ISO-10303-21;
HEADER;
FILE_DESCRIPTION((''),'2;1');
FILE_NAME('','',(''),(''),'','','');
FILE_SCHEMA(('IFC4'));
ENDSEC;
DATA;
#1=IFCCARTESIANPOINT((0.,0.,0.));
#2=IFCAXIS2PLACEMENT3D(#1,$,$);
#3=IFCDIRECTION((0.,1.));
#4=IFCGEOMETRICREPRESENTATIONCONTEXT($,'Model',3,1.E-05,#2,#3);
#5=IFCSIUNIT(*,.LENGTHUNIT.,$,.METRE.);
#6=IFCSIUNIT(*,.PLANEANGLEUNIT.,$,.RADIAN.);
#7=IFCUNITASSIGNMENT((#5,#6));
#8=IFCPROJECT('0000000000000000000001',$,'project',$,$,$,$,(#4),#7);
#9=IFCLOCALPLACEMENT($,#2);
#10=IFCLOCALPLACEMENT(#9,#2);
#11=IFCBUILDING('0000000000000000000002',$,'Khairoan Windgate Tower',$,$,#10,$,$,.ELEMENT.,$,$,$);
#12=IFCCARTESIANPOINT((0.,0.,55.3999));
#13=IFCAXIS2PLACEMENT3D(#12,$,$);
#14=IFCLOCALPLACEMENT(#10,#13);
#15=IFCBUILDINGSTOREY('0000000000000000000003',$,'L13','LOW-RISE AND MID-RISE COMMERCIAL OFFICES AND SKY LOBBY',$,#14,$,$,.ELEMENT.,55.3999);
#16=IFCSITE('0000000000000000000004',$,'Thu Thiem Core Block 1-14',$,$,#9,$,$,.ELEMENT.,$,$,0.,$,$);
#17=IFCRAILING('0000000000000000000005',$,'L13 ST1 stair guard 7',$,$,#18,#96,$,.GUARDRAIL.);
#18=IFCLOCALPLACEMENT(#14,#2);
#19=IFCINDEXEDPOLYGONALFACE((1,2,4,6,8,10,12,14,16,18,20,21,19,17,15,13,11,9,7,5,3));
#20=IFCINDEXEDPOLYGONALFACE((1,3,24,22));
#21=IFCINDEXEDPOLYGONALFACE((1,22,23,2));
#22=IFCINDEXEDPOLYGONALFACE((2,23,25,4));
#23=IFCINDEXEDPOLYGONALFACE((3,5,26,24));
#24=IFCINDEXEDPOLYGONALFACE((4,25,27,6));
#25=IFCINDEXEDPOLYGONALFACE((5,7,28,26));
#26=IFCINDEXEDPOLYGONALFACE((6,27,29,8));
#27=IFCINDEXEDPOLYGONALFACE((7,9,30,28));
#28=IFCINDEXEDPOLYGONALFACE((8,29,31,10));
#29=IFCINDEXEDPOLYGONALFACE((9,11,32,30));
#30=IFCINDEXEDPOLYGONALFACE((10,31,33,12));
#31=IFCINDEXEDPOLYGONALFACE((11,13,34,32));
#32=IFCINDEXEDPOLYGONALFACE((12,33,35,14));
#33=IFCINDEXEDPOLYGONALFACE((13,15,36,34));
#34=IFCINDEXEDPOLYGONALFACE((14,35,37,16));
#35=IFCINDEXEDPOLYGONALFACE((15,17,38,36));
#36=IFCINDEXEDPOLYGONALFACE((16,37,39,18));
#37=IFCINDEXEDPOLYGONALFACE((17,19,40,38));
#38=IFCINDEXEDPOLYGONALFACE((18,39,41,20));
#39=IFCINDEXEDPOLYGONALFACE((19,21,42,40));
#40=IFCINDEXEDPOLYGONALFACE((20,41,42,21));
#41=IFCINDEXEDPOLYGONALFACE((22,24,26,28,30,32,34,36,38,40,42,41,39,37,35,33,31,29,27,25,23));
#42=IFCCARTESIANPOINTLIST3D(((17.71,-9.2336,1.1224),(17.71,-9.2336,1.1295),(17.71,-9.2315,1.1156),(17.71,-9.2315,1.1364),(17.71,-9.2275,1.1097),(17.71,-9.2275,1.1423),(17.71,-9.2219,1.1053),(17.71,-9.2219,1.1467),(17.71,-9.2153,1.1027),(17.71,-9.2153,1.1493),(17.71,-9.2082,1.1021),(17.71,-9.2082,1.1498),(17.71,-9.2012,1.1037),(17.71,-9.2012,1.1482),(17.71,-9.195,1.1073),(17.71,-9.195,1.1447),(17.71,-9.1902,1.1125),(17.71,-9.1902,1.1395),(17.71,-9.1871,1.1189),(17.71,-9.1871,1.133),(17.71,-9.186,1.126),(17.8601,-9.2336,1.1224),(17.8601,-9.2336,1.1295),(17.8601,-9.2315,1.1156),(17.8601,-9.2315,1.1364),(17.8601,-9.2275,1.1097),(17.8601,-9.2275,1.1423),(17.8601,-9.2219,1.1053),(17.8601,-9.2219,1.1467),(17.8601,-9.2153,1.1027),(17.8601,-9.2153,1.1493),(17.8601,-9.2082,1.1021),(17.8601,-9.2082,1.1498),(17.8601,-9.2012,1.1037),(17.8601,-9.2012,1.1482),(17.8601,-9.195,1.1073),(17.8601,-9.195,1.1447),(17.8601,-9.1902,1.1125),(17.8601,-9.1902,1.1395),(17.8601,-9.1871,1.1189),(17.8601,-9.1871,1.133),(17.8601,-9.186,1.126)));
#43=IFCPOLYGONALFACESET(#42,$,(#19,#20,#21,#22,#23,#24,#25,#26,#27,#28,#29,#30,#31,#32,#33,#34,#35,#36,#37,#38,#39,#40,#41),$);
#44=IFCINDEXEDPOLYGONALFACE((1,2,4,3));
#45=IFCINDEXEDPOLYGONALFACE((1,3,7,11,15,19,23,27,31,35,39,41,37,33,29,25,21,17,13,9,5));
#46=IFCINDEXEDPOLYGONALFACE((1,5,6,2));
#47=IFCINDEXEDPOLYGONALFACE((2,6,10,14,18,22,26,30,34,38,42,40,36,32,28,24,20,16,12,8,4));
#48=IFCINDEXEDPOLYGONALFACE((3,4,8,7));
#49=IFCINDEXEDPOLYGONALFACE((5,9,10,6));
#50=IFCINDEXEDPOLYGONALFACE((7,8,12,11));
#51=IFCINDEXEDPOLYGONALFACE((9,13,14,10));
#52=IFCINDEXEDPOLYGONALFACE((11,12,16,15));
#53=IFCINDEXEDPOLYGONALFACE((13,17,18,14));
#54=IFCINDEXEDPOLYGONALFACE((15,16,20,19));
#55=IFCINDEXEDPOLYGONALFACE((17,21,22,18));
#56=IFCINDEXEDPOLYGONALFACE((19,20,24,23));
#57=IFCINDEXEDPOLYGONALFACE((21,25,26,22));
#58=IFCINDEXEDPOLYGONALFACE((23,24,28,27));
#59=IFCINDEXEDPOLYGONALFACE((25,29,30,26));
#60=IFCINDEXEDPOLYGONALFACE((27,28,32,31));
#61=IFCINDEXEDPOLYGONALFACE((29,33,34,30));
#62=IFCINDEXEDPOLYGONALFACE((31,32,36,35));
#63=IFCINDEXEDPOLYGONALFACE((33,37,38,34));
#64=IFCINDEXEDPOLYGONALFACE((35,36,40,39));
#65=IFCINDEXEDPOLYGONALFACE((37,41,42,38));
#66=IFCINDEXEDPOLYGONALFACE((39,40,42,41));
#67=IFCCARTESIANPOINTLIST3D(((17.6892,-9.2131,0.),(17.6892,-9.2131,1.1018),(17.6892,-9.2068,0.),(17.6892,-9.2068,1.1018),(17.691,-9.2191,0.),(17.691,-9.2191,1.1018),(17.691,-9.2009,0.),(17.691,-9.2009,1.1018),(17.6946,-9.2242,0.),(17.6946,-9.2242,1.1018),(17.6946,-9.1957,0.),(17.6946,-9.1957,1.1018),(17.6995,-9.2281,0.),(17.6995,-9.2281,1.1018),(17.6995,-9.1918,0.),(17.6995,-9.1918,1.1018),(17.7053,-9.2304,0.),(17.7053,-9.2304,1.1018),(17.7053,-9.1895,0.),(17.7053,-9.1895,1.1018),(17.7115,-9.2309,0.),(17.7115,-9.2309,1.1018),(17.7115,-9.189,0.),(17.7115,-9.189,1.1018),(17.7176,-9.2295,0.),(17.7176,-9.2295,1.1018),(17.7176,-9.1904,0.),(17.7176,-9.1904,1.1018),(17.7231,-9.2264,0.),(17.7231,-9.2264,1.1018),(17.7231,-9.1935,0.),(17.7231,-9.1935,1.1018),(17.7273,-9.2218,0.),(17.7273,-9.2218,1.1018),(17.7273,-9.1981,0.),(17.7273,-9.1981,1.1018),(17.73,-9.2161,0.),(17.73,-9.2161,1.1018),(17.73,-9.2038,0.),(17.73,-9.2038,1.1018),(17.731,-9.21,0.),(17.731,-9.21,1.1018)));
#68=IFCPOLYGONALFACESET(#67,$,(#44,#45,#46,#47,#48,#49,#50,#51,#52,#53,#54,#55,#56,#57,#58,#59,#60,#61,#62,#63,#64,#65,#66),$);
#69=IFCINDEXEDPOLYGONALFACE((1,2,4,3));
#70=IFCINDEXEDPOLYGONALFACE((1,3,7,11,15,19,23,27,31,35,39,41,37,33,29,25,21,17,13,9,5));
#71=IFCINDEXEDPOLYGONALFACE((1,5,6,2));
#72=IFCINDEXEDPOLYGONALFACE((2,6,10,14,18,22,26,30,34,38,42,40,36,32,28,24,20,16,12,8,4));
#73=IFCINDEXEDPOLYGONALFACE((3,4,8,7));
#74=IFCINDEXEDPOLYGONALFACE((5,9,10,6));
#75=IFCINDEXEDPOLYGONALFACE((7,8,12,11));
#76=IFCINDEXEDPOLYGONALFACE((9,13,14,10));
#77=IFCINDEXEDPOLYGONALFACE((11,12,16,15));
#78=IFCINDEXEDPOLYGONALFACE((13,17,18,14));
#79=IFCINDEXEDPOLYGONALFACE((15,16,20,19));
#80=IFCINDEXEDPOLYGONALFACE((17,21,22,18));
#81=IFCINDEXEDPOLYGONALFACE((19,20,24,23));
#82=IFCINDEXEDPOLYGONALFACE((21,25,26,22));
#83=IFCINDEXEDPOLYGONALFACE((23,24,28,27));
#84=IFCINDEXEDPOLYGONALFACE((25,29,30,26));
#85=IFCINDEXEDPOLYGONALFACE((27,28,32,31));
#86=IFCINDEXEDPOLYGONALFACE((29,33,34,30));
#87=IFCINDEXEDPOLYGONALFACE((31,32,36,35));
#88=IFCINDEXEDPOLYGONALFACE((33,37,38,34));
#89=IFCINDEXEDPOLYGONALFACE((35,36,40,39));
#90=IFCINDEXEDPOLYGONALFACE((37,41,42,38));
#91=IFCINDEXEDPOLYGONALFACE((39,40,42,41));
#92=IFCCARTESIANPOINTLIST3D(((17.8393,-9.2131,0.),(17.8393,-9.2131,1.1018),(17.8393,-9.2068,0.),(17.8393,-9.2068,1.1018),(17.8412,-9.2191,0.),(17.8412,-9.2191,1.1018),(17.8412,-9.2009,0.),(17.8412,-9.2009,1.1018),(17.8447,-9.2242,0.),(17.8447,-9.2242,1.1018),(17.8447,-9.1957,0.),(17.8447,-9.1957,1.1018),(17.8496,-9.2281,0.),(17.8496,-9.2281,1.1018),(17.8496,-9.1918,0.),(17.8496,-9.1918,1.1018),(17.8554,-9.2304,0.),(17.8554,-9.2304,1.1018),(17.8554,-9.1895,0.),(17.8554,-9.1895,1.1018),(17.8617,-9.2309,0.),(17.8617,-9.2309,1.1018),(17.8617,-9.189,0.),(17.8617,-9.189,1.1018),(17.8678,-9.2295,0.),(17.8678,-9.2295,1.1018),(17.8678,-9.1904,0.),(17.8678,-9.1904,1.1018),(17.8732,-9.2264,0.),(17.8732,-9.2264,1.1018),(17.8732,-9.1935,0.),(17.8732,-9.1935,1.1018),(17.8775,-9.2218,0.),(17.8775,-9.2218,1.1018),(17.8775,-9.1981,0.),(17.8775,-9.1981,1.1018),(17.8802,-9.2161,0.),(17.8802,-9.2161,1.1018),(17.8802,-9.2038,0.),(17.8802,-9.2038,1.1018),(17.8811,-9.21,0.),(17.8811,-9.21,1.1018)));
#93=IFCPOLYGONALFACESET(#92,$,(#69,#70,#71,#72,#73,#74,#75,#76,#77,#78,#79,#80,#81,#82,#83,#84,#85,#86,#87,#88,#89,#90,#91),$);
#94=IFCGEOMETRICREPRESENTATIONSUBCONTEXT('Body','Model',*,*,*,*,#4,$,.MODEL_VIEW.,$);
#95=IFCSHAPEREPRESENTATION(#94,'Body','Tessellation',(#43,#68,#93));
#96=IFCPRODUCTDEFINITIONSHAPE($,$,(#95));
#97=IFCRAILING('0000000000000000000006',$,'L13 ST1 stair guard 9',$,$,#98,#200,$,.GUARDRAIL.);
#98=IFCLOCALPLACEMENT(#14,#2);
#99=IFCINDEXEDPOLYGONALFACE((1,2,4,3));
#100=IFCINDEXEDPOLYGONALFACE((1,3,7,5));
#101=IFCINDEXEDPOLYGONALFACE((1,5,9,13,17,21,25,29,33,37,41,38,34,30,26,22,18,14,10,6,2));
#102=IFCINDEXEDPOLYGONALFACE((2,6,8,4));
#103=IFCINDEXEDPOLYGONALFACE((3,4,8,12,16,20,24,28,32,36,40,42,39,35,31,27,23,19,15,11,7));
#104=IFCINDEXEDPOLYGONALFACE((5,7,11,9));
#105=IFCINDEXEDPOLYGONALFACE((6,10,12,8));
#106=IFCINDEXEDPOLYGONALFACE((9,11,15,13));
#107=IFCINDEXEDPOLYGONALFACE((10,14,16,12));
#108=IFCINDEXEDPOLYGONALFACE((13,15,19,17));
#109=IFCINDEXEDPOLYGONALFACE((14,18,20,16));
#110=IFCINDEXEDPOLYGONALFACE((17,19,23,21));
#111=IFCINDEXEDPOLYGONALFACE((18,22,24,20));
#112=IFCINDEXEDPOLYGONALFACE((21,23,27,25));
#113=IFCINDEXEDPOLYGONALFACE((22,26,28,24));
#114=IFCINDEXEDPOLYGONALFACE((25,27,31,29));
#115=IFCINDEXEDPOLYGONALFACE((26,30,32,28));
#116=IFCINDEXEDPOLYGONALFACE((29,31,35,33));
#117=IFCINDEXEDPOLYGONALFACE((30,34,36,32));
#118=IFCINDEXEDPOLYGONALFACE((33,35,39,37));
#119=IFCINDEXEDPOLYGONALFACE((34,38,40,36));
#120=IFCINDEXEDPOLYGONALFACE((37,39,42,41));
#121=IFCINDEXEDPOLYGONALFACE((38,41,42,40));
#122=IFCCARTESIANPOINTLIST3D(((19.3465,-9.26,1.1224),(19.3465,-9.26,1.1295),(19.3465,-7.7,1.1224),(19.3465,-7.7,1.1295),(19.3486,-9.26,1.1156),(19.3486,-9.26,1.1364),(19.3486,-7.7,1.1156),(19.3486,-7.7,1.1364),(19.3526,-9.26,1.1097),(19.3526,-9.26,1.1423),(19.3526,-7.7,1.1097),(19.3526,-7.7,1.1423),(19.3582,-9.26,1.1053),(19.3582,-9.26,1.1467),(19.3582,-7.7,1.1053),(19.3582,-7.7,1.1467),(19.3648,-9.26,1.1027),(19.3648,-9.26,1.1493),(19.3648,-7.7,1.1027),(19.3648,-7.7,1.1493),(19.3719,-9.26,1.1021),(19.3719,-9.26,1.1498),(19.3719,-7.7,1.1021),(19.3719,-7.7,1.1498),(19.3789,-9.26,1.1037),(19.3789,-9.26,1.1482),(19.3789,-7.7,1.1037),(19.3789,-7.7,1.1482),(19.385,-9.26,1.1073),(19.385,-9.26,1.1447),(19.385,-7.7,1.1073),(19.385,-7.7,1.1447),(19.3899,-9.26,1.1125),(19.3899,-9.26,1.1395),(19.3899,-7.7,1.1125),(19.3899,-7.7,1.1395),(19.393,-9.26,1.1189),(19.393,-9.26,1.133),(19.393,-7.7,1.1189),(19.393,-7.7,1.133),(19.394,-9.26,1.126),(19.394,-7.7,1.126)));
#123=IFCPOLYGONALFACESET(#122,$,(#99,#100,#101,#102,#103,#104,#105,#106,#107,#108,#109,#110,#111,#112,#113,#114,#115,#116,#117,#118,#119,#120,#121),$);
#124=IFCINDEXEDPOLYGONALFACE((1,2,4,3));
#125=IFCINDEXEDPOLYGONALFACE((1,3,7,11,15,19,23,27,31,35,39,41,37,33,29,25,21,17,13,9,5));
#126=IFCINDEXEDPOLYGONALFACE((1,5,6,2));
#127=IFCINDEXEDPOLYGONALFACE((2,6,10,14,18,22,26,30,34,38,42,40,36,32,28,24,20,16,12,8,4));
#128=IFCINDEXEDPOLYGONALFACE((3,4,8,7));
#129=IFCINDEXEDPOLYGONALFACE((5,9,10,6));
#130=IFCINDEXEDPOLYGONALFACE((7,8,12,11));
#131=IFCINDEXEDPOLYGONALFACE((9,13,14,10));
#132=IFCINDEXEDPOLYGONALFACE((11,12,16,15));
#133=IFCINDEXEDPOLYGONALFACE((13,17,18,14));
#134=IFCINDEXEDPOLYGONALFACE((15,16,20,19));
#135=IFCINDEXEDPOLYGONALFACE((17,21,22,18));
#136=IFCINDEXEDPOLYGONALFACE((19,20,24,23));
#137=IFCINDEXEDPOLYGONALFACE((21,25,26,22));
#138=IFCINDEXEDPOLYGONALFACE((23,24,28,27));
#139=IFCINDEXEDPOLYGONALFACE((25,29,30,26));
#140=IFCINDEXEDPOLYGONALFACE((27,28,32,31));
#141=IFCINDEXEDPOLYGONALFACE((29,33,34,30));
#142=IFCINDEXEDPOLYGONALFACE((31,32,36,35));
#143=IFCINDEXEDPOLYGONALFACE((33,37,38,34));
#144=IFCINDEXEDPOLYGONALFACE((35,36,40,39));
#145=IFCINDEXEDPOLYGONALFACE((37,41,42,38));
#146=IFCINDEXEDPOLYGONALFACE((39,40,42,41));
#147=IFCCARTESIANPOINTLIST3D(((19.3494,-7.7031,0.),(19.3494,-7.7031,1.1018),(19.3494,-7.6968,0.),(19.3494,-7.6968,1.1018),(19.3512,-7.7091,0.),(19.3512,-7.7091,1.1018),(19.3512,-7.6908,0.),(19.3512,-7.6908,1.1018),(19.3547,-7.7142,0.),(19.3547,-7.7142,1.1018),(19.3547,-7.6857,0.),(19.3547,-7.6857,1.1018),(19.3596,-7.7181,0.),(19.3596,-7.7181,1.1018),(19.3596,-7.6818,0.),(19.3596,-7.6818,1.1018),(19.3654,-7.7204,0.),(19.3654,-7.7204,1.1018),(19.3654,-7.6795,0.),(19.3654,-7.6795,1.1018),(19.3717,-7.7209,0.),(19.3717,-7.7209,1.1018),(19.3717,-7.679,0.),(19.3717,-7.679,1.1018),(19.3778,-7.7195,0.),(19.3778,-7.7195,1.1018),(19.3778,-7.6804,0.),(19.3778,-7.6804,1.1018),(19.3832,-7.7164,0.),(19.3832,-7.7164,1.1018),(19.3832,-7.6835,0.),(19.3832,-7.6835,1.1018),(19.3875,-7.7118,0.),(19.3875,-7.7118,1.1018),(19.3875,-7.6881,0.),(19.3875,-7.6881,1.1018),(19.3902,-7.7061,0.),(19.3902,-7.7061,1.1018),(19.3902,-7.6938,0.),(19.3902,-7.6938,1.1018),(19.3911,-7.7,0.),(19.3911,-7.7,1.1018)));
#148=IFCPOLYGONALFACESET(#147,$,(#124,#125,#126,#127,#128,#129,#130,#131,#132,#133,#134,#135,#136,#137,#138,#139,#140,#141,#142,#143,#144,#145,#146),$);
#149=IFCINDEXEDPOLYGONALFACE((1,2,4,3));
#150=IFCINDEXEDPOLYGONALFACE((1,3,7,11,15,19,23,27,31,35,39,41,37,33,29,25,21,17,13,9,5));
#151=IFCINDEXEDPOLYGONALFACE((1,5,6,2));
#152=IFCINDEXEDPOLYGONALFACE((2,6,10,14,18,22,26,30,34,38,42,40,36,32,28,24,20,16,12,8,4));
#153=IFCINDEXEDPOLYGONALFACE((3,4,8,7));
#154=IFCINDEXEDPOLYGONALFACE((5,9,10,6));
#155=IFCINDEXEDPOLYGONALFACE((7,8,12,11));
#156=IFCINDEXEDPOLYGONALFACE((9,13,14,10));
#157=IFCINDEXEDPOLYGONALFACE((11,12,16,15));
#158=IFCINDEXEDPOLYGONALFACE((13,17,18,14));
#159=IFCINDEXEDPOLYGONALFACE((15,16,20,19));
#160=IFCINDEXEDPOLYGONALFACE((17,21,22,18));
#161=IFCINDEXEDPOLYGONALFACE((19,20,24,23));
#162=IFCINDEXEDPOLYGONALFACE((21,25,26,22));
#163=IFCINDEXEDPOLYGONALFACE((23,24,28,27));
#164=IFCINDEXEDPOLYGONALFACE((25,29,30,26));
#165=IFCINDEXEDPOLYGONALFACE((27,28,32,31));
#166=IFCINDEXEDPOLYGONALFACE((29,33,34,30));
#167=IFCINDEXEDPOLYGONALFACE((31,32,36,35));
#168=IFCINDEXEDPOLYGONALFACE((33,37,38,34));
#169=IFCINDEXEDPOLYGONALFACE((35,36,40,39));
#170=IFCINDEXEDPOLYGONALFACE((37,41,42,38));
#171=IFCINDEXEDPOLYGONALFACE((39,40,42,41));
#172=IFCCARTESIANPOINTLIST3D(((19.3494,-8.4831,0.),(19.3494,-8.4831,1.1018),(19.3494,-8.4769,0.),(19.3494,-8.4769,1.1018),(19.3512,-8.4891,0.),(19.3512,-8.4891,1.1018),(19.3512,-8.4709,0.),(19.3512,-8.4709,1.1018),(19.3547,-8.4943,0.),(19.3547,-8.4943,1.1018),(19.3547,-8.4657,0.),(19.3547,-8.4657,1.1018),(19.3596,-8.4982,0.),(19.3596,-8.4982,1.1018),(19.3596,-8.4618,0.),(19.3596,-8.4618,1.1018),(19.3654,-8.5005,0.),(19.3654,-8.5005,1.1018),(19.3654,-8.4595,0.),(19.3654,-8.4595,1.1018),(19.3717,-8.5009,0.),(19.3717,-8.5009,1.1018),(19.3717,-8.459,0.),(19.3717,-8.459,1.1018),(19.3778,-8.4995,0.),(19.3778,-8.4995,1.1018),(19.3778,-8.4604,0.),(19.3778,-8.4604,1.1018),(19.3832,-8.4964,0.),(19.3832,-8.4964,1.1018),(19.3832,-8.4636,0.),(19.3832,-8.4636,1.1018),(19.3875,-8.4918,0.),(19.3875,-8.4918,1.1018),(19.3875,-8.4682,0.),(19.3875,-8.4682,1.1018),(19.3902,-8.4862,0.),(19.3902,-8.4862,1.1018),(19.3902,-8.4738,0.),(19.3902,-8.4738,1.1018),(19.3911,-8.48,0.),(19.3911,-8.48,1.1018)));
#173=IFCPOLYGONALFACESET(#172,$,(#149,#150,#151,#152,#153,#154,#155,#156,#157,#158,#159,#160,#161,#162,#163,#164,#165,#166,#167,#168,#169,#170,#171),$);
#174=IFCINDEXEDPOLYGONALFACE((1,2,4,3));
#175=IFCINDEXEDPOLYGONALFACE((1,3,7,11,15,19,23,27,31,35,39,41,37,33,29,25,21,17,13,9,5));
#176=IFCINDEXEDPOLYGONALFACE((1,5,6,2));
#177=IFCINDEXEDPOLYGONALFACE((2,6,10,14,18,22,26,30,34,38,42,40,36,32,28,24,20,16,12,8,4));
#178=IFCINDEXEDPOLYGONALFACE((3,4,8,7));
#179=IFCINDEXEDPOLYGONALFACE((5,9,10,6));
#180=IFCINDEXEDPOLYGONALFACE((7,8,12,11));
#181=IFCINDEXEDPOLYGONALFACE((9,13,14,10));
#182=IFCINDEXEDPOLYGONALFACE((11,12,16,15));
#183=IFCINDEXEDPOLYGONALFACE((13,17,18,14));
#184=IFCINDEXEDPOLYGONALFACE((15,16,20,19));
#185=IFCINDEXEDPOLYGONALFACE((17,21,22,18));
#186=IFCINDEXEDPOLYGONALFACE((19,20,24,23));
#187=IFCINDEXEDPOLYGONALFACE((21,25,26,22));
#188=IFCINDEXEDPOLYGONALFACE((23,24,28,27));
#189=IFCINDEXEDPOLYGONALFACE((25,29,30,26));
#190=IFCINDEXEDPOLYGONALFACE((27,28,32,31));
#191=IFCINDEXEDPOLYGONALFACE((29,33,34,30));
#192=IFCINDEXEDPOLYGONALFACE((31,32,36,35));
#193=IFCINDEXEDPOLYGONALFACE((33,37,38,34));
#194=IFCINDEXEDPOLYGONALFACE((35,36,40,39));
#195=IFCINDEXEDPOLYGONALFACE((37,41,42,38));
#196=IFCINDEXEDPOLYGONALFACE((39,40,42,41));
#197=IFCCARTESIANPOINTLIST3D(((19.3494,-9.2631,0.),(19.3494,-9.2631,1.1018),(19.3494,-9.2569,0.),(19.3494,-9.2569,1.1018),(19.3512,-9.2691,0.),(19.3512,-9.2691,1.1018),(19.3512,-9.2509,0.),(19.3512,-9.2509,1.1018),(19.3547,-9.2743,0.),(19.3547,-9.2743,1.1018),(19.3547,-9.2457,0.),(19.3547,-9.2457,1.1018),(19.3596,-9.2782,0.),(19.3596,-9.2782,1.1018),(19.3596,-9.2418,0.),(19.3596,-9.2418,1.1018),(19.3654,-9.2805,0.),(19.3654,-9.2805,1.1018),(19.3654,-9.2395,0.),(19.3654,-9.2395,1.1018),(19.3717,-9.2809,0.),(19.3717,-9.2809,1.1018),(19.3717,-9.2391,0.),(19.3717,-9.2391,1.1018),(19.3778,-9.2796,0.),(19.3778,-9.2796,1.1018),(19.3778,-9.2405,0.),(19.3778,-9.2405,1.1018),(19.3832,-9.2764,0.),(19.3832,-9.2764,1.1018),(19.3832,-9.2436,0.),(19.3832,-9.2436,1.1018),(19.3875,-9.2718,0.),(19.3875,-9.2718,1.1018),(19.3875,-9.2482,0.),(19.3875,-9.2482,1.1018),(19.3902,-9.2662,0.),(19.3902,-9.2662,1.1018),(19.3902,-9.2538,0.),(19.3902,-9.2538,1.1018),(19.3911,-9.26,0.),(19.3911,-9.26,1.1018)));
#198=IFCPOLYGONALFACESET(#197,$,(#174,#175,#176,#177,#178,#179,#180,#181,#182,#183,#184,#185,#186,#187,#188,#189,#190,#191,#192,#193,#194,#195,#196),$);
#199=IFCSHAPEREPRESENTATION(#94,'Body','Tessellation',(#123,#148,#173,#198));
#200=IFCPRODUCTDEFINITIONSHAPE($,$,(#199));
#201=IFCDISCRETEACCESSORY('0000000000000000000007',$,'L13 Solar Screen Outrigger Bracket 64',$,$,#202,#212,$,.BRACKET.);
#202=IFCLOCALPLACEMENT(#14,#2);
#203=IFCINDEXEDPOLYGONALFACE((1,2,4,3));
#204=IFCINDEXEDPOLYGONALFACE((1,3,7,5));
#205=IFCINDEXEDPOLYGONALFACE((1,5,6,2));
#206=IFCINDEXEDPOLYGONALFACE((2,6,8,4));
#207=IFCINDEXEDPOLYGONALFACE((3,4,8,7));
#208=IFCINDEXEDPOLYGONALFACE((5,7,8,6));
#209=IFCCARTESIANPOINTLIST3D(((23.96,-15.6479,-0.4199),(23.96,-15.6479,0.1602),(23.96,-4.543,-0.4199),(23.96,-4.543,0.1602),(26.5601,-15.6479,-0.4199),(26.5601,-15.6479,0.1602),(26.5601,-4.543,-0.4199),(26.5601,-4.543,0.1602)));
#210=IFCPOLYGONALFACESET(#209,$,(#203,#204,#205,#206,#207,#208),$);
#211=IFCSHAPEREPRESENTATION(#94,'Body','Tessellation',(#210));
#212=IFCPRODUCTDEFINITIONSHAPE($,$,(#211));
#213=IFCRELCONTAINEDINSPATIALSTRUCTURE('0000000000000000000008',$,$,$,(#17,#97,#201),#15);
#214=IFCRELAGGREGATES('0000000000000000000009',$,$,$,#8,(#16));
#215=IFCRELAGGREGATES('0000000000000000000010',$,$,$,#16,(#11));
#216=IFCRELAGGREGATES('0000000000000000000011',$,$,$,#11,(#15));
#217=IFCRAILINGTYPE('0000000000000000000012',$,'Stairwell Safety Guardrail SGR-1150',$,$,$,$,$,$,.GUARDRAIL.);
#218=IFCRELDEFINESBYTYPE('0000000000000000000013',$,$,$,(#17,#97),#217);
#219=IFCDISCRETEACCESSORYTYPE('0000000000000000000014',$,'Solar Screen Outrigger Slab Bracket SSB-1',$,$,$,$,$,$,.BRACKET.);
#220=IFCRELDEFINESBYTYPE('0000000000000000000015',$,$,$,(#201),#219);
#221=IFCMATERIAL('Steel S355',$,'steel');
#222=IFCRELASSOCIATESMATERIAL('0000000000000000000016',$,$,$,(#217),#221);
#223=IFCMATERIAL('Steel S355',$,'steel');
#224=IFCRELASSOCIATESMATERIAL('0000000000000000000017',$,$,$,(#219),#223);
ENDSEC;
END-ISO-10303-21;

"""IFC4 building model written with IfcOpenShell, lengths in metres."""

from ifc_helpers import new_model, si_unit, direction, frame, origin, origin_2d, place, context, subcontext, project, spatial, rectangle, circle, extrude, material, type_object, element, save


model = new_model("IFC4")

# Units and contexts
model_context = context("Model", 3, precision=1e-05, world=origin(), true_north=direction((0.0, 1.0)))
body_context = subcontext(model_context, "Body", "Model", "MODEL_VIEW")
ifc_project = project(units=[si_unit("LENGTHUNIT", "METRE"), si_unit("PLANEANGLEUNIT", "RADIAN")], contexts=[model_context])

# Site, building, storey
site_placement = place(None, origin())
site = spatial("IfcSite", under=ifc_project, at=site_placement, Name="Thu Thiem Core Block 1-14", CompositionType="ELEMENT", RefElevation=0.0)
building_placement = place(site_placement, origin())
building = spatial("IfcBuilding", under=site, at=building_placement, Name="Khairoan Windgate Tower", CompositionType="ELEMENT")
storey_placement = place(building_placement, frame((0.0, 0.0, 55.3999)))
storey = spatial("IfcBuildingStorey", under=building, at=storey_placement, Name="L13", Description="LOW-RISE AND MID-RISE COMMERCIAL OFFICES AND SKY LOBBY", CompositionType="ELEMENT", Elevation=55.3999)

# Railings
ifc_material_1 = material(Name="Steel S355", Category="steel")
railing_type_1 = type_object("IfcRailingType", Name="Stairwell Safety Guardrail SGR-1150", PredefinedType="GUARDRAIL", material=ifc_material_1)
railing_1_placement = place(storey_placement, frame((17.71, -9.21, 0.0)))
element("IfcRailing", 1, at=railing_1_placement, inside=storey, type_object=railing_type_1, Name="L13 ST1 stair guard 7", PredefinedType="GUARDRAIL", context=body_context, shape_type="SweptSolid", body=[
    extrude(circle(Radius=0.0239, at=origin_2d()), frame((0.0, 0.0, 1.126), z_axis=(1.0, 0.0, 0.0), x_axis=(0.0, 1.0, 0.0)), (0.0, 0.0, 1.0), 0.1501),
    extrude(circle(Radius=0.021, at=origin_2d()), origin(), (0.0, 0.0, 1.0), 1.1018),
    extrude(circle(Radius=0.021, at=origin_2d()), frame((0.1501, 0.0, 0.0)), (0.0, 0.0, 1.0), 1.1018),
])
railing_2_placement = place(storey_placement, frame((19.3701, -7.7, 0.0)))
element("IfcRailing", 2, at=railing_2_placement, inside=storey, type_object=railing_type_1, Name="L13 ST1 stair guard 9", PredefinedType="GUARDRAIL", context=body_context, shape_type="SweptSolid", body=[
    extrude(circle(Radius=0.0239, at=origin_2d()), frame((0.0, 0.0, 1.126), z_axis=(0.0, -1.0, 0.0), x_axis=(1.0, 0.0, 0.0)), (0.0, 0.0, 1.0), 1.5601),
    extrude(circle(Radius=0.021, at=origin_2d()), origin(), (0.0, 0.0, 1.0), 1.1018),
    extrude(circle(Radius=0.021, at=origin_2d()), frame((0.0, -0.78, 0.0)), (0.0, 0.0, 1.0), 1.1018),
    extrude(circle(Radius=0.021, at=origin_2d()), frame((0.0, -1.5601, 0.0)), (0.0, 0.0, 1.0), 1.1018),
])

# Discrete accessory
ifc_material_2 = material(Name="Steel S355", Category="steel")
discrete_accessory_type = type_object("IfcDiscreteAccessoryType", Name="Solar Screen Outrigger Slab Bracket SSB-1", PredefinedType="BRACKET", material=ifc_material_2)
discrete_accessory_placement = place(storey_placement, frame((25.26, -10.0955, -0.4199), z_axis=(0.0, 0.0, 1.0), x_axis=(0.0, -1.0, 0.0)))
element("IfcDiscreteAccessory", 3, at=discrete_accessory_placement, inside=storey, type_object=discrete_accessory_type, Name="L13 Solar Screen Outrigger Bracket 64", PredefinedType="BRACKET", context=body_context, shape_type="SweptSolid", body=[
    extrude(rectangle(XDim=11.105, YDim=2.6001, at=origin_2d()), origin(), (0.0, 0.0, 1.0), 0.5801),
])

save(model, "model.ifc")
